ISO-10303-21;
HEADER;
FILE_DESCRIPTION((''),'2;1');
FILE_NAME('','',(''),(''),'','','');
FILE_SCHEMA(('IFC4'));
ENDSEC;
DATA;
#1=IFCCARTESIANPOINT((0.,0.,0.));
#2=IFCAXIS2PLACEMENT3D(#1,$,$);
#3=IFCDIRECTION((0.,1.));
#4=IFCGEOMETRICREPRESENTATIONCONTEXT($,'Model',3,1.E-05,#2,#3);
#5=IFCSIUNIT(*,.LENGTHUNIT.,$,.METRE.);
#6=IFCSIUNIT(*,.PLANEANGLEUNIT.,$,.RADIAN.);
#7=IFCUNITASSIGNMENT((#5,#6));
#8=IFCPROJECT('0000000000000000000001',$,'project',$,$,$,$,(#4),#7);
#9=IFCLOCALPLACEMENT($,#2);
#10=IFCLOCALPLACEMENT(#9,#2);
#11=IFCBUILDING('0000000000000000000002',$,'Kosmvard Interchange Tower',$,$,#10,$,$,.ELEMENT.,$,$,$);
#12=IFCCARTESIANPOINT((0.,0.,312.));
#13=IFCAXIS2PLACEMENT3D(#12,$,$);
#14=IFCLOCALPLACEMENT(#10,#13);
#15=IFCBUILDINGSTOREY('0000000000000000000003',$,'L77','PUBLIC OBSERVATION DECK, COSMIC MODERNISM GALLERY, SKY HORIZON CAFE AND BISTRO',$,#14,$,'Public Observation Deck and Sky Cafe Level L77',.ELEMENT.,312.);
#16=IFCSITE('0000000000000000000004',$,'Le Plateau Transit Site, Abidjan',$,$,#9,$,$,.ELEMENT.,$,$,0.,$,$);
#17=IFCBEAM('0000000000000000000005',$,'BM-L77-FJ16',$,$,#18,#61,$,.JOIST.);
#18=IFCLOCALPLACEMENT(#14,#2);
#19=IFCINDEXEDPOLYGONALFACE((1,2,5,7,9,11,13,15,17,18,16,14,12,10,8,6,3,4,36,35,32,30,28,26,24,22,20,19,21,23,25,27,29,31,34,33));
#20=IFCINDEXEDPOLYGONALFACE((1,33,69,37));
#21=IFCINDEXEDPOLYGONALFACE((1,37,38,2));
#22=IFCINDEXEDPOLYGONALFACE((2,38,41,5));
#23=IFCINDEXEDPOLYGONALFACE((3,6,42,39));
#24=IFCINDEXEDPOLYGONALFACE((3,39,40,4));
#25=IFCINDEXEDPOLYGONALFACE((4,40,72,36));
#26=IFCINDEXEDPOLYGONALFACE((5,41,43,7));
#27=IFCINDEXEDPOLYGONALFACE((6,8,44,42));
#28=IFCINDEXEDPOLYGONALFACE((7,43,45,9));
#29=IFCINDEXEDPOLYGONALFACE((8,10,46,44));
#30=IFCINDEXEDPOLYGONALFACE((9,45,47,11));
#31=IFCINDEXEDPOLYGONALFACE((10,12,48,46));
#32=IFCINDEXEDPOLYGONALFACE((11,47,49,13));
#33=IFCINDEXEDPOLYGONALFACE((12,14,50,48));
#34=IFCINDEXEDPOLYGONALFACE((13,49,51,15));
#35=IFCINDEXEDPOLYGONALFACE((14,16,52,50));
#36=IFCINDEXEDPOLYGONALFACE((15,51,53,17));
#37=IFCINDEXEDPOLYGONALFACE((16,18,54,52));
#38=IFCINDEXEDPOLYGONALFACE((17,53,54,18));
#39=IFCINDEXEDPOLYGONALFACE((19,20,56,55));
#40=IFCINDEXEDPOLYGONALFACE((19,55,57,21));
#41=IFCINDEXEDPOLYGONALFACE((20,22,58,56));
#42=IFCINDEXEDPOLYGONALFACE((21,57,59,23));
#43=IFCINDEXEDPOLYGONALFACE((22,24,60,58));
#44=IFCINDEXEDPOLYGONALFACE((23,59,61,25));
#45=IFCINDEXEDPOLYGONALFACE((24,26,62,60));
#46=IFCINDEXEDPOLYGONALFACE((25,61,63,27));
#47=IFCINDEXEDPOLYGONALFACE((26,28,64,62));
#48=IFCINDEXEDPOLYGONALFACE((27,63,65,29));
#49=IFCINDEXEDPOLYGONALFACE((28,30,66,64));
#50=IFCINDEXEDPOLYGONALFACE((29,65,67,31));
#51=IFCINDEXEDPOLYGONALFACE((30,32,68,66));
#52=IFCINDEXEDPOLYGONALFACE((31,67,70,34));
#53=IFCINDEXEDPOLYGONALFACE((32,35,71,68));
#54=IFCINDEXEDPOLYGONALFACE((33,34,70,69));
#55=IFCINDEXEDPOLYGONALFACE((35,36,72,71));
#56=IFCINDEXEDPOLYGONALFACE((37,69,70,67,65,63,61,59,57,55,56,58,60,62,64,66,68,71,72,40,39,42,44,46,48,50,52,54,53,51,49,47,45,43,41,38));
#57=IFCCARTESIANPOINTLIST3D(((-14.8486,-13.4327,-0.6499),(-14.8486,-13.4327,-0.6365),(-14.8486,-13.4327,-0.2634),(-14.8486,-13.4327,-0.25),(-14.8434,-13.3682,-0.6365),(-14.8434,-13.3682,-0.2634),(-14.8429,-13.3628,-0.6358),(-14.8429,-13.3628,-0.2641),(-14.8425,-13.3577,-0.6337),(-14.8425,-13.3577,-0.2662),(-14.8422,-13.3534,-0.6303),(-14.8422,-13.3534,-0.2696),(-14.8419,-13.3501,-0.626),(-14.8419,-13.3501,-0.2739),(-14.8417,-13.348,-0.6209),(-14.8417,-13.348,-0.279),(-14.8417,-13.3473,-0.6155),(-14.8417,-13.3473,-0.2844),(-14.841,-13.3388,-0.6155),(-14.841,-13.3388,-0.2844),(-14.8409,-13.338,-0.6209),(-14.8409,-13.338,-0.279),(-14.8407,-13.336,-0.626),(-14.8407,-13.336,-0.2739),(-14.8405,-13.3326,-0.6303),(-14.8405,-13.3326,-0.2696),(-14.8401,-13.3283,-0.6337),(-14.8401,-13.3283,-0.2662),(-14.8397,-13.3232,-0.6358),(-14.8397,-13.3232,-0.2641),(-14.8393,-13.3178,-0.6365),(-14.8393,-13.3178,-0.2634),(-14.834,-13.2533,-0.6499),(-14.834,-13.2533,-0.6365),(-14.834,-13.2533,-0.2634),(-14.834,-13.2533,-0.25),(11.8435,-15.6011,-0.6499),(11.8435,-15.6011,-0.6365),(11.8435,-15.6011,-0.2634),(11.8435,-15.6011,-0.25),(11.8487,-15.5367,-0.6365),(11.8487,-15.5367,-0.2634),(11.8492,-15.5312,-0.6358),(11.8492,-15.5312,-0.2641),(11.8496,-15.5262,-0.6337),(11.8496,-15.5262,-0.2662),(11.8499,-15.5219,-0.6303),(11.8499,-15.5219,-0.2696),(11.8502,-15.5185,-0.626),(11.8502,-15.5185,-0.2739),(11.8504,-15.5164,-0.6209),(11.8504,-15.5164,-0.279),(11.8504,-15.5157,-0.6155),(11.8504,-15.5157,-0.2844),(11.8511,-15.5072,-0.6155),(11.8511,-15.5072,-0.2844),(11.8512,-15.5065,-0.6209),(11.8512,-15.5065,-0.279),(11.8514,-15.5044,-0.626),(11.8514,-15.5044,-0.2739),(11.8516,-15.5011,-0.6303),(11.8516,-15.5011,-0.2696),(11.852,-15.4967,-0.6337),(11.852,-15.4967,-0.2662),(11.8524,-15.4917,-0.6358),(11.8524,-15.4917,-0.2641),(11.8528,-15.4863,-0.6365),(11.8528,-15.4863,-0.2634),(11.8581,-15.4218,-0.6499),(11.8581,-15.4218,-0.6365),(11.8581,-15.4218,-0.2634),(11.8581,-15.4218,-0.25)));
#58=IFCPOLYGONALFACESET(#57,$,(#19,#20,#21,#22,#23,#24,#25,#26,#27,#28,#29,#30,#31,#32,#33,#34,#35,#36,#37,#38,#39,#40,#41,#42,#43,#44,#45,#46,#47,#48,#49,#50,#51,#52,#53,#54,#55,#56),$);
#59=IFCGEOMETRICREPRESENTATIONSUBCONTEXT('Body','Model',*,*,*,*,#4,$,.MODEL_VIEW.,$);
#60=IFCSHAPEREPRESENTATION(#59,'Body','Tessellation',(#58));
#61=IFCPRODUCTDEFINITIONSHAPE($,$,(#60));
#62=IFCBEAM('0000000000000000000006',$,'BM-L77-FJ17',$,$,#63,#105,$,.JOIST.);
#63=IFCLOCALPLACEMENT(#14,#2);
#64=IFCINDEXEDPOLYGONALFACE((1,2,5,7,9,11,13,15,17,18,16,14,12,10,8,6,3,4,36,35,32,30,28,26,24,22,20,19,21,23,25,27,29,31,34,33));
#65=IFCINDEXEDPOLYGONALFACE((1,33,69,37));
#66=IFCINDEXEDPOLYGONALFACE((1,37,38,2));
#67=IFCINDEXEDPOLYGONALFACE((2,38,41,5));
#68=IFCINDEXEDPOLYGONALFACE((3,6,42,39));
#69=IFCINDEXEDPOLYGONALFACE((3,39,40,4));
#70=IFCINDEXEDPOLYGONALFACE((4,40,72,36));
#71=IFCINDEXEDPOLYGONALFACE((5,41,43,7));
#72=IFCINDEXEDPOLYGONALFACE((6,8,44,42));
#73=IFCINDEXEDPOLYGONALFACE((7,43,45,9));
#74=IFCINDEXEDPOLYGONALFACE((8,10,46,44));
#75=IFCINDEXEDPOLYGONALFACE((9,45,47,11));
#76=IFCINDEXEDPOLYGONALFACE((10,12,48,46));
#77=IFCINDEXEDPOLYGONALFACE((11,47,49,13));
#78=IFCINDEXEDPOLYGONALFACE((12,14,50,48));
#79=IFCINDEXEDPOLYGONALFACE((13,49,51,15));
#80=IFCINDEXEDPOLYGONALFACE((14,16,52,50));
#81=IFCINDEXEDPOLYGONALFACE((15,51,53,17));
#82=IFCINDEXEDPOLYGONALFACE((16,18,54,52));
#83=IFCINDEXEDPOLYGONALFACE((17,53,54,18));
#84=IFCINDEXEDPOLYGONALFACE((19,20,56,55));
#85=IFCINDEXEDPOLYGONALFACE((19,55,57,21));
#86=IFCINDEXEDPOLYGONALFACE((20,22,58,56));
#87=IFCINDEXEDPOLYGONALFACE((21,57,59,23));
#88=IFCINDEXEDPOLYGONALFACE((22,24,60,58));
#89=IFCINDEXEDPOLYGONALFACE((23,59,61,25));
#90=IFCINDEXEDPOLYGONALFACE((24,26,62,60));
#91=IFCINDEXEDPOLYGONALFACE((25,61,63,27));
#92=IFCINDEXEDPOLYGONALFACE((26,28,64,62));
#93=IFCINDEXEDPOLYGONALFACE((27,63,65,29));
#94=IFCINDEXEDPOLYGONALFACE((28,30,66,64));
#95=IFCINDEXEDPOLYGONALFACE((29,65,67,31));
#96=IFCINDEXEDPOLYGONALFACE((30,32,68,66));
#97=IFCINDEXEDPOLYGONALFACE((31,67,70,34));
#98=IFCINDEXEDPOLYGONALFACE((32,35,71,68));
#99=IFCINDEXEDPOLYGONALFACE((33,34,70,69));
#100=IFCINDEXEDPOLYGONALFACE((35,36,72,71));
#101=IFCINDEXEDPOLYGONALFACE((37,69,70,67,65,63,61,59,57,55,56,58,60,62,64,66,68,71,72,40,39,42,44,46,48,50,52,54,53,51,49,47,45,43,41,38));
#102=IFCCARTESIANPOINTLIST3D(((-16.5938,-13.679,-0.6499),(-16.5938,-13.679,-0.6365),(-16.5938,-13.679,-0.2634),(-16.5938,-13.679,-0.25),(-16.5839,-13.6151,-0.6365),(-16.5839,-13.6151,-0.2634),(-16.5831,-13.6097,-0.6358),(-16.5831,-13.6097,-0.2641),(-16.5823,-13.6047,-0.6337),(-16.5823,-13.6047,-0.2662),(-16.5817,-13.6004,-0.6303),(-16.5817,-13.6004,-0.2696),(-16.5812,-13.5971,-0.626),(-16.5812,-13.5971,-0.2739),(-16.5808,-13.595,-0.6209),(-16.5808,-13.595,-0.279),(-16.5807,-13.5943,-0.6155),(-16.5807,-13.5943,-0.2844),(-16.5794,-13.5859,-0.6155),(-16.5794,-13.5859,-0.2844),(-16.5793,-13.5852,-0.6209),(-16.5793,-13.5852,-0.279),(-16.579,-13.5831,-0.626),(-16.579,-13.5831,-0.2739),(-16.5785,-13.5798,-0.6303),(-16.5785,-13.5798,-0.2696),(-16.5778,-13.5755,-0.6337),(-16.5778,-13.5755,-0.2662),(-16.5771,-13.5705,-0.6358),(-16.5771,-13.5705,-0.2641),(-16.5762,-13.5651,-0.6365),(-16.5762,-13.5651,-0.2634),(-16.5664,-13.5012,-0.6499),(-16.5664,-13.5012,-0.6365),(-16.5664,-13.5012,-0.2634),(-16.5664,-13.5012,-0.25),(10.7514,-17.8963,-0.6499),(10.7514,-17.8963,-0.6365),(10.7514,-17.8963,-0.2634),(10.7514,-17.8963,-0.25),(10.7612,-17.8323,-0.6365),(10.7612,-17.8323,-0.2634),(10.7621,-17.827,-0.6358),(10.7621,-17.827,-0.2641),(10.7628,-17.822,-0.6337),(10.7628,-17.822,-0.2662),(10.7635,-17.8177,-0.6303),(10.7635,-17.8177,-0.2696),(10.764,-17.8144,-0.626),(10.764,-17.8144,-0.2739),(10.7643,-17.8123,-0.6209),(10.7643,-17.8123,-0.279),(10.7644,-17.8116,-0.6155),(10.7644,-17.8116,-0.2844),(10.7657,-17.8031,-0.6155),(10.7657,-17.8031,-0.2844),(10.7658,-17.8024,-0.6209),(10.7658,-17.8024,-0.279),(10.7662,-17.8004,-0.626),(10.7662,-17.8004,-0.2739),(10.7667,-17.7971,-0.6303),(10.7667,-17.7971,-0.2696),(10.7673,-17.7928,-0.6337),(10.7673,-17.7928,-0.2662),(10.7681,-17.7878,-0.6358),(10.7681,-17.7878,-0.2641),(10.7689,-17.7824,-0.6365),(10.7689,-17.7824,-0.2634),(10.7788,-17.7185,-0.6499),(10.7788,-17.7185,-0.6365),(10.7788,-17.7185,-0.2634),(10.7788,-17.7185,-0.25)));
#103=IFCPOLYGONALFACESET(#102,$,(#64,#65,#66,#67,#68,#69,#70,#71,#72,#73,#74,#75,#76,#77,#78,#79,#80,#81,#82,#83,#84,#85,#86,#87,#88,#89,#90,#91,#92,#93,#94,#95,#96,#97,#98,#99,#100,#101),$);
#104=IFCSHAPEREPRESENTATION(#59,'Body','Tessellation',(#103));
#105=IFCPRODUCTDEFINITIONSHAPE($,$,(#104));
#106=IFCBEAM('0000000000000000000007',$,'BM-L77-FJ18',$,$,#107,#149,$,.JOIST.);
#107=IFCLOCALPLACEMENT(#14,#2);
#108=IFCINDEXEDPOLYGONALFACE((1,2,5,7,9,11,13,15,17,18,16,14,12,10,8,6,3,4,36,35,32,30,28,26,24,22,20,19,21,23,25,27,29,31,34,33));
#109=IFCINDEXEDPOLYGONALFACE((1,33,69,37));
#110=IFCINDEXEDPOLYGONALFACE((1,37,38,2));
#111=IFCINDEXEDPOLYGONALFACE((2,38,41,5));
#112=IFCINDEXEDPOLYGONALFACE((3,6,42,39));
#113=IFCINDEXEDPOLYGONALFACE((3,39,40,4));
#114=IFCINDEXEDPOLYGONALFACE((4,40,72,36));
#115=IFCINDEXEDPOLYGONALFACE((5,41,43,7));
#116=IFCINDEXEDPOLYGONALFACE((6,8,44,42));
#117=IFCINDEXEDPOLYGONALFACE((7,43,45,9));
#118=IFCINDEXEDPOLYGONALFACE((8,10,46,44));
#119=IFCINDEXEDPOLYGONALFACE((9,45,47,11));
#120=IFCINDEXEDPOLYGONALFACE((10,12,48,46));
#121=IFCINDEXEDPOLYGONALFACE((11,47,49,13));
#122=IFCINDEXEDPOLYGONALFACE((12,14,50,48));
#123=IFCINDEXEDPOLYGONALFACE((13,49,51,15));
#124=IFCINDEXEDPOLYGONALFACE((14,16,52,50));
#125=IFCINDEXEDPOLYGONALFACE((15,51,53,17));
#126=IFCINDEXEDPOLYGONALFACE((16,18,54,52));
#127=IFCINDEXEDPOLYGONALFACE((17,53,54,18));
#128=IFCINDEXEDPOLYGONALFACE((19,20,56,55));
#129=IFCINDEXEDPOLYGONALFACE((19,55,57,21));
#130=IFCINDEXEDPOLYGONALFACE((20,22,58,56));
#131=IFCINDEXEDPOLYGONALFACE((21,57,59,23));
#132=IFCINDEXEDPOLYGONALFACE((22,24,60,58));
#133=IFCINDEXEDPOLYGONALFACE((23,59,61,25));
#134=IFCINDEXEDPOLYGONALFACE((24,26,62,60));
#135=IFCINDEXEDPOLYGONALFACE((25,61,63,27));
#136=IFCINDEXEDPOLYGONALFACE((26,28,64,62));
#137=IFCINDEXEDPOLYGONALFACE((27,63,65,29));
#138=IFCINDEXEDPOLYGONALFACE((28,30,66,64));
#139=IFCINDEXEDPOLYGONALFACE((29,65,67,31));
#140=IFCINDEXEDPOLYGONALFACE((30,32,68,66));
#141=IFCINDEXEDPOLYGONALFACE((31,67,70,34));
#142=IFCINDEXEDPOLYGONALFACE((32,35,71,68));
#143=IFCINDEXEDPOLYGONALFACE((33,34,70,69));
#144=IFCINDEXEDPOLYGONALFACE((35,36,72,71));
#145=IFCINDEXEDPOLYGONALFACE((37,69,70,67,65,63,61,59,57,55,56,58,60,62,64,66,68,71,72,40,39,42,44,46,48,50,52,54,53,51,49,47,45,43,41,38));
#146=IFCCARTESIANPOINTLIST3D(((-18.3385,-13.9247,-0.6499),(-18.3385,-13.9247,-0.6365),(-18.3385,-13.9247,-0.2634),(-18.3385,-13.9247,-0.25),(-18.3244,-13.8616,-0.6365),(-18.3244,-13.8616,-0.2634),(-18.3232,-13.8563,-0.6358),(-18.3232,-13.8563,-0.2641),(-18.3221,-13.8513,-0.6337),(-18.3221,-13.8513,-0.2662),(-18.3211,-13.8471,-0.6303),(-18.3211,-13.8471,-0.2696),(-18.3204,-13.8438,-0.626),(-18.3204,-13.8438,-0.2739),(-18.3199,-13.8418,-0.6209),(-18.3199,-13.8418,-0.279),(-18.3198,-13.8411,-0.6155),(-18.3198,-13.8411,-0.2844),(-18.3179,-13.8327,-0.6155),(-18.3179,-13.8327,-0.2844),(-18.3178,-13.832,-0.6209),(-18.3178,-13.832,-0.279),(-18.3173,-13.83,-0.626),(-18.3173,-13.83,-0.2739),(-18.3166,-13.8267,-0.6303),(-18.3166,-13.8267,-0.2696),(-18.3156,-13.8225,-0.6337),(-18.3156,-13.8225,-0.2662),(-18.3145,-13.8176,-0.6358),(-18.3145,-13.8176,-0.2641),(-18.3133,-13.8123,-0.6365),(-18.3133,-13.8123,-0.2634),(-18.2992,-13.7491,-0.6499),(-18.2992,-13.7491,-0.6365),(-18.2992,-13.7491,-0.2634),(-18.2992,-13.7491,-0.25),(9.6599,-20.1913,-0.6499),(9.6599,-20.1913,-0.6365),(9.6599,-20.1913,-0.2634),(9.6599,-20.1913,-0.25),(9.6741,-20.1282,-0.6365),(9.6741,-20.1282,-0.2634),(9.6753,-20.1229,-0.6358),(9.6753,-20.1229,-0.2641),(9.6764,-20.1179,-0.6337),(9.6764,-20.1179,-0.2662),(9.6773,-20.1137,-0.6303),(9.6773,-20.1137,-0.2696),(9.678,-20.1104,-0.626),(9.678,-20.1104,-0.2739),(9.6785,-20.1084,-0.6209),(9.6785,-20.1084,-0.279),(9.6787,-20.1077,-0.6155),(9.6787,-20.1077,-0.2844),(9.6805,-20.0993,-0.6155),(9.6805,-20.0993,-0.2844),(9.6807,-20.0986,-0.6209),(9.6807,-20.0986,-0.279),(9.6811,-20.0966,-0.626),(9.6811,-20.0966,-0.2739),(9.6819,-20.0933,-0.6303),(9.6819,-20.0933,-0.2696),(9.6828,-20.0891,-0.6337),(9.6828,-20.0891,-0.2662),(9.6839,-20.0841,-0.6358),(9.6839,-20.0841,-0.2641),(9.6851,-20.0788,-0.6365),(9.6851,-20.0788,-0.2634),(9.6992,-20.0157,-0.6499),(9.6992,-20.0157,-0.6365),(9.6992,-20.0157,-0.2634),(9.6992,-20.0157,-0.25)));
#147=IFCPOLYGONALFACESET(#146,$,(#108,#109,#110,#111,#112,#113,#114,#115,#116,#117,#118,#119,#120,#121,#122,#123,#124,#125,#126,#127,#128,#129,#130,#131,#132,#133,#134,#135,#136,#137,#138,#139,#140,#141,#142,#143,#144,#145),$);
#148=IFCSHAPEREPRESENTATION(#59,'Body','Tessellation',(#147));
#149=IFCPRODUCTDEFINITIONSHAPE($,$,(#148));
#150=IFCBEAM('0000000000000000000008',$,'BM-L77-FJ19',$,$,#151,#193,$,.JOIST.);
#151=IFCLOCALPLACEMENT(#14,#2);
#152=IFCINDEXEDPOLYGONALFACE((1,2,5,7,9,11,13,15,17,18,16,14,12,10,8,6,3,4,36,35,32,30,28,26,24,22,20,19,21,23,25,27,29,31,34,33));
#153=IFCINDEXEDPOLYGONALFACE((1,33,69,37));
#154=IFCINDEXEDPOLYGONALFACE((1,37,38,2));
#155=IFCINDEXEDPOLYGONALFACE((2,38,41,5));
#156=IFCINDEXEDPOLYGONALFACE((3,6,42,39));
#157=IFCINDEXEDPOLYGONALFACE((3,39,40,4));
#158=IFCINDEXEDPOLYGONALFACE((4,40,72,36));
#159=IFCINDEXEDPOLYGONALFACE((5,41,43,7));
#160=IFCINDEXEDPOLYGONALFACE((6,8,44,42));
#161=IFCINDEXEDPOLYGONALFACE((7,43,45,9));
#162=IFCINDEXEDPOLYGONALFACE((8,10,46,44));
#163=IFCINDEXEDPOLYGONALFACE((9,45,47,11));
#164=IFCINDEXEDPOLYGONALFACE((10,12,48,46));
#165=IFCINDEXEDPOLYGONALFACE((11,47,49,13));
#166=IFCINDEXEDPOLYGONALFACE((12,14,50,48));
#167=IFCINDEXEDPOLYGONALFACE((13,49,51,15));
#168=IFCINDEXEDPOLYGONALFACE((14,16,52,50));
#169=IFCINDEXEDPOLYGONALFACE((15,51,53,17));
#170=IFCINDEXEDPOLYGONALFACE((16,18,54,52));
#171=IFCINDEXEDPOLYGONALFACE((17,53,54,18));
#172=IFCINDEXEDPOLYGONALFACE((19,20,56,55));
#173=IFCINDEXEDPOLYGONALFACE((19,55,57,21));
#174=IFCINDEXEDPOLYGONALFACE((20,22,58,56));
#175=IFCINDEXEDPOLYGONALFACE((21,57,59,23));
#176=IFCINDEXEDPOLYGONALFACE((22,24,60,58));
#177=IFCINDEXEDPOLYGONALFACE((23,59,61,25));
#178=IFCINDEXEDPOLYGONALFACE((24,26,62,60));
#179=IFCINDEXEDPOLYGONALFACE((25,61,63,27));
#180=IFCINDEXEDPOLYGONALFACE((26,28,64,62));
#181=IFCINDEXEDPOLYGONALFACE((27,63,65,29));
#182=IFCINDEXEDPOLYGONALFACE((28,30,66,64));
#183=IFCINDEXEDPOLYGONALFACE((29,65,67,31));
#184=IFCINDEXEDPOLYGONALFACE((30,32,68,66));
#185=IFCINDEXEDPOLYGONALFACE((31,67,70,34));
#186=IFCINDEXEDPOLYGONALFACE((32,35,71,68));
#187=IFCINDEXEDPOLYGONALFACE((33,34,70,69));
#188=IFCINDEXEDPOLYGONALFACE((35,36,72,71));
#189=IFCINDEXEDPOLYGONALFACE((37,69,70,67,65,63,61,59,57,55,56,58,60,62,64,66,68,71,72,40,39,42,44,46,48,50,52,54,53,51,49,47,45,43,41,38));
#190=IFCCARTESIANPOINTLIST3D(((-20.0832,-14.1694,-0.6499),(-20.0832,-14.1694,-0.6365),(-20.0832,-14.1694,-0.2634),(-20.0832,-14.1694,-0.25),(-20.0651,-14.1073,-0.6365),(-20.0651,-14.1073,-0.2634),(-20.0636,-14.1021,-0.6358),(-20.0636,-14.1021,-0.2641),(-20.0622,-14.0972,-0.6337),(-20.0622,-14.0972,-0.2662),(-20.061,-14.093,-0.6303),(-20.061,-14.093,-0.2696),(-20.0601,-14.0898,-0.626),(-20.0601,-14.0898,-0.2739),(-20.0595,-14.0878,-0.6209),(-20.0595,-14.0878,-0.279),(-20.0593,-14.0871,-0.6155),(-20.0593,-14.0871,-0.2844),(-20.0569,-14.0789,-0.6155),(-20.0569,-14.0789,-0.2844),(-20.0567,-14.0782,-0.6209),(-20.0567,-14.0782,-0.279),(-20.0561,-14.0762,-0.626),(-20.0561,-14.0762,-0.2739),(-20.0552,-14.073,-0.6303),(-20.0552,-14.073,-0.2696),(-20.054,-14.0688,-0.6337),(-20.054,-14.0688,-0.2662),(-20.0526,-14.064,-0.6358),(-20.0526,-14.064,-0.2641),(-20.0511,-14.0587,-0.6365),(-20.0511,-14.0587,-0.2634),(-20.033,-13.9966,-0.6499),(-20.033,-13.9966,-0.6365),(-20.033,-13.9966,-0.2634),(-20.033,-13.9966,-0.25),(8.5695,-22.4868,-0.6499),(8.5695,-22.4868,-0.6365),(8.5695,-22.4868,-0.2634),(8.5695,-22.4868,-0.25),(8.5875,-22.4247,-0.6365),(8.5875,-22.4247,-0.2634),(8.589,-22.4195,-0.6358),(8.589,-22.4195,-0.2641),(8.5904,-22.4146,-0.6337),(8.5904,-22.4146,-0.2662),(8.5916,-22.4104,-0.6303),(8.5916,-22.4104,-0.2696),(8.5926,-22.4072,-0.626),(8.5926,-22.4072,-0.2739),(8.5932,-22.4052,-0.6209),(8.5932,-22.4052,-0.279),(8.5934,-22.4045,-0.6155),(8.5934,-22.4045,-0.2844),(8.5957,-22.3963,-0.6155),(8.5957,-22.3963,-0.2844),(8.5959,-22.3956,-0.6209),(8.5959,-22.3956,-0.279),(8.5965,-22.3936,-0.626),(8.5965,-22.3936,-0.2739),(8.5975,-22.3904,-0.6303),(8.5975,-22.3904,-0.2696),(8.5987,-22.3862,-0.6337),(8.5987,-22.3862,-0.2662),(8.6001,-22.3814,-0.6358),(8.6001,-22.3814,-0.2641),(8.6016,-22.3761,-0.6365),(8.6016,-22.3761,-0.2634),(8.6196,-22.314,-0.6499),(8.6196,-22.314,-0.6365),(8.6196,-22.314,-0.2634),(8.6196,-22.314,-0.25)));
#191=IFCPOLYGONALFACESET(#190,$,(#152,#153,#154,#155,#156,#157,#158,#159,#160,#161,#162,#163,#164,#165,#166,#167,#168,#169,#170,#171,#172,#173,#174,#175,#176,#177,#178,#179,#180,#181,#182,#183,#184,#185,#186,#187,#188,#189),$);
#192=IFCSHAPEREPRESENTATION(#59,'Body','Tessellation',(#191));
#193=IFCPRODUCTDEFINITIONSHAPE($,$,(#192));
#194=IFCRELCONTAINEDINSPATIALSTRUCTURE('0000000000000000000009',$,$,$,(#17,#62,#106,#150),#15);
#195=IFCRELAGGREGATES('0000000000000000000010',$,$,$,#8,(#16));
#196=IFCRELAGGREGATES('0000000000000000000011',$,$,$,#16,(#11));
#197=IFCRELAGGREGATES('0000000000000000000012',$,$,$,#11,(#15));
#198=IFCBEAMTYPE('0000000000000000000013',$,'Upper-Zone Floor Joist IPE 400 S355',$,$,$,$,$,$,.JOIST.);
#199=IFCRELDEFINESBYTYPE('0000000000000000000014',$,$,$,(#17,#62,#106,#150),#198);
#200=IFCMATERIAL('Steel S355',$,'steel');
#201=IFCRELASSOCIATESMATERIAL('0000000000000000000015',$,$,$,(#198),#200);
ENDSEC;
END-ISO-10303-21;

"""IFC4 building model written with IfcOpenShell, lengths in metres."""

from ifc_helpers import new_model, si_unit, direction, frame, origin, origin_2d, place, context, subcontext, project, spatial, i_section, extrude, source, transform, mapped, material, material_profile, profile_set, type_object, element, save


model = new_model("IFC4")

# Units and contexts
model_context = context("Model", 3, precision=1e-05, world=origin(), true_north=direction((0.0, 1.0)))
body_context = subcontext(model_context, "Body", "Model", "MODEL_VIEW")
ifc_project = project(units=[si_unit("LENGTHUNIT", "METRE"), si_unit("PLANEANGLEUNIT", "RADIAN")], contexts=[model_context])

# Site, building, storey
site_placement = place(None, origin())
site = spatial("IfcSite", under=ifc_project, at=site_placement, Name="Le Plateau Transit Site, Abidjan", CompositionType="ELEMENT", RefElevation=0.0)
building_placement = place(site_placement, origin())
building = spatial("IfcBuilding", under=site, at=building_placement, Name="Kosmvard Interchange Tower", CompositionType="ELEMENT")
storey_placement = place(building_placement, frame((0.0, 0.0, 312.0)))
storey = spatial("IfcBuildingStorey", under=building, at=storey_placement, Name="L77", Description="PUBLIC OBSERVATION DECK, COSMIC MODERNISM GALLERY, SKY HORIZON CAFE AND BISTRO", LongName="Public Observation Deck and Sky Cafe Level L77", CompositionType="ELEMENT", Elevation=312.0)

# Beams
ifc_material_1 = material(Name="Steel S355", Category="steel")
ifc_material_profile_1 = material_profile(ifc_material_1, i_section(OverallWidth=0.1799, OverallDepth=0.3999, WebThickness=0.0085, FlangeThickness=0.0134, FilletRadius=0.021, at=origin_2d()), Name="IPE 400")
ifc_profile_set_1 = profile_set([ifc_material_profile_1], Name="Steel S355")
beam_type_1 = type_object("IfcBeamType", Name="Upper-Zone Floor Joist IPE 400 S355", PredefinedType="JOIST", material=ifc_profile_set_1)
shared_shape_1 = source(origin(), body_context, "Body", "SweptSolid", [
    extrude(i_section(OverallWidth=0.1799, OverallDepth=0.3999, WebThickness=0.0085, FlangeThickness=0.0134, FilletRadius=0.021, at=origin_2d()), origin(), (0.0, 0.0, 1.0), 26.78),
])
beam_1_placement = place(storey_placement, frame((-14.8413, -13.343, -0.45), z_axis=(0.996716, -0.080973, 0.0), x_axis=(0.080973, 0.996716, 0.0)))
element("IfcBeam", 1, at=beam_1_placement, inside=storey, type_object=beam_type_1, Name="BM-L77-FJ16", PredefinedType="JOIST", context=body_context, shape_type="MappedRepresentation", body=[
    mapped(shared_shape_1, transform((0.0, 0.0, 0.0), scale=1.0)),
])
shared_shape_2 = source(origin(), body_context, "Body", "SweptSolid", [
    extrude(i_section(OverallWidth=0.1799, OverallDepth=0.3999, WebThickness=0.0085, FlangeThickness=0.0134, FilletRadius=0.021, at=origin_2d()), origin(), (0.0, 0.0, 1.0), 27.6685),
])
beam_2_placement = place(storey_placement, frame((-16.5801, -13.5901, -0.45), z_axis=(0.988316, -0.152422, 0.0), x_axis=(0.152422, 0.988316, 0.0)))
element("IfcBeam", 2, at=beam_2_placement, inside=storey, type_object=beam_type_1, Name="BM-L77-FJ17", PredefinedType="JOIST", context=body_context, shape_type="MappedRepresentation", body=[
    mapped(shared_shape_2, transform((0.0, 0.0, 0.0), scale=1.0)),
])
shared_shape_3 = source(origin(), body_context, "Body", "SweptSolid", [
    extrude(i_section(OverallWidth=0.1799, OverallDepth=0.3999, WebThickness=0.0085, FlangeThickness=0.0134, FilletRadius=0.021, at=origin_2d()), origin(), (0.0, 0.0, 1.0), 28.6912),
])
beam_3_placement = place(storey_placement, frame((-18.3188, -13.8369, -0.45), z_axis=(0.975856, -0.218415, 0.0), x_axis=(0.218415, 0.975856, 0.0)))
element("IfcBeam", 3, at=beam_3_placement, inside=storey, type_object=beam_type_1, Name="BM-L77-FJ18", PredefinedType="JOIST", context=body_context, shape_type="MappedRepresentation", body=[
    mapped(shared_shape_3, transform((0.0, 0.0, 0.0), scale=1.0)),
])
shared_shape_4 = source(origin(), body_context, "Body", "SweptSolid", [
    extrude(i_section(OverallWidth=0.1799, OverallDepth=0.3999, WebThickness=0.0085, FlangeThickness=0.0134, FilletRadius=0.021, at=origin_2d()), origin(), (0.0, 0.0, 1.0), 29.8354),
])
beam_4_placement = place(storey_placement, frame((-20.0581, -14.083, -0.45), z_axis=(0.960356, -0.278776, 0.0), x_axis=(0.278776, 0.960356, 0.0)))
element("IfcBeam", 4, at=beam_4_placement, inside=storey, type_object=beam_type_1, Name="BM-L77-FJ19", PredefinedType="JOIST", context=body_context, shape_type="MappedRepresentation", body=[
    mapped(shared_shape_4, transform((0.0, 0.0, 0.0), scale=1.0)),
])

save(model, "model.ifc")
